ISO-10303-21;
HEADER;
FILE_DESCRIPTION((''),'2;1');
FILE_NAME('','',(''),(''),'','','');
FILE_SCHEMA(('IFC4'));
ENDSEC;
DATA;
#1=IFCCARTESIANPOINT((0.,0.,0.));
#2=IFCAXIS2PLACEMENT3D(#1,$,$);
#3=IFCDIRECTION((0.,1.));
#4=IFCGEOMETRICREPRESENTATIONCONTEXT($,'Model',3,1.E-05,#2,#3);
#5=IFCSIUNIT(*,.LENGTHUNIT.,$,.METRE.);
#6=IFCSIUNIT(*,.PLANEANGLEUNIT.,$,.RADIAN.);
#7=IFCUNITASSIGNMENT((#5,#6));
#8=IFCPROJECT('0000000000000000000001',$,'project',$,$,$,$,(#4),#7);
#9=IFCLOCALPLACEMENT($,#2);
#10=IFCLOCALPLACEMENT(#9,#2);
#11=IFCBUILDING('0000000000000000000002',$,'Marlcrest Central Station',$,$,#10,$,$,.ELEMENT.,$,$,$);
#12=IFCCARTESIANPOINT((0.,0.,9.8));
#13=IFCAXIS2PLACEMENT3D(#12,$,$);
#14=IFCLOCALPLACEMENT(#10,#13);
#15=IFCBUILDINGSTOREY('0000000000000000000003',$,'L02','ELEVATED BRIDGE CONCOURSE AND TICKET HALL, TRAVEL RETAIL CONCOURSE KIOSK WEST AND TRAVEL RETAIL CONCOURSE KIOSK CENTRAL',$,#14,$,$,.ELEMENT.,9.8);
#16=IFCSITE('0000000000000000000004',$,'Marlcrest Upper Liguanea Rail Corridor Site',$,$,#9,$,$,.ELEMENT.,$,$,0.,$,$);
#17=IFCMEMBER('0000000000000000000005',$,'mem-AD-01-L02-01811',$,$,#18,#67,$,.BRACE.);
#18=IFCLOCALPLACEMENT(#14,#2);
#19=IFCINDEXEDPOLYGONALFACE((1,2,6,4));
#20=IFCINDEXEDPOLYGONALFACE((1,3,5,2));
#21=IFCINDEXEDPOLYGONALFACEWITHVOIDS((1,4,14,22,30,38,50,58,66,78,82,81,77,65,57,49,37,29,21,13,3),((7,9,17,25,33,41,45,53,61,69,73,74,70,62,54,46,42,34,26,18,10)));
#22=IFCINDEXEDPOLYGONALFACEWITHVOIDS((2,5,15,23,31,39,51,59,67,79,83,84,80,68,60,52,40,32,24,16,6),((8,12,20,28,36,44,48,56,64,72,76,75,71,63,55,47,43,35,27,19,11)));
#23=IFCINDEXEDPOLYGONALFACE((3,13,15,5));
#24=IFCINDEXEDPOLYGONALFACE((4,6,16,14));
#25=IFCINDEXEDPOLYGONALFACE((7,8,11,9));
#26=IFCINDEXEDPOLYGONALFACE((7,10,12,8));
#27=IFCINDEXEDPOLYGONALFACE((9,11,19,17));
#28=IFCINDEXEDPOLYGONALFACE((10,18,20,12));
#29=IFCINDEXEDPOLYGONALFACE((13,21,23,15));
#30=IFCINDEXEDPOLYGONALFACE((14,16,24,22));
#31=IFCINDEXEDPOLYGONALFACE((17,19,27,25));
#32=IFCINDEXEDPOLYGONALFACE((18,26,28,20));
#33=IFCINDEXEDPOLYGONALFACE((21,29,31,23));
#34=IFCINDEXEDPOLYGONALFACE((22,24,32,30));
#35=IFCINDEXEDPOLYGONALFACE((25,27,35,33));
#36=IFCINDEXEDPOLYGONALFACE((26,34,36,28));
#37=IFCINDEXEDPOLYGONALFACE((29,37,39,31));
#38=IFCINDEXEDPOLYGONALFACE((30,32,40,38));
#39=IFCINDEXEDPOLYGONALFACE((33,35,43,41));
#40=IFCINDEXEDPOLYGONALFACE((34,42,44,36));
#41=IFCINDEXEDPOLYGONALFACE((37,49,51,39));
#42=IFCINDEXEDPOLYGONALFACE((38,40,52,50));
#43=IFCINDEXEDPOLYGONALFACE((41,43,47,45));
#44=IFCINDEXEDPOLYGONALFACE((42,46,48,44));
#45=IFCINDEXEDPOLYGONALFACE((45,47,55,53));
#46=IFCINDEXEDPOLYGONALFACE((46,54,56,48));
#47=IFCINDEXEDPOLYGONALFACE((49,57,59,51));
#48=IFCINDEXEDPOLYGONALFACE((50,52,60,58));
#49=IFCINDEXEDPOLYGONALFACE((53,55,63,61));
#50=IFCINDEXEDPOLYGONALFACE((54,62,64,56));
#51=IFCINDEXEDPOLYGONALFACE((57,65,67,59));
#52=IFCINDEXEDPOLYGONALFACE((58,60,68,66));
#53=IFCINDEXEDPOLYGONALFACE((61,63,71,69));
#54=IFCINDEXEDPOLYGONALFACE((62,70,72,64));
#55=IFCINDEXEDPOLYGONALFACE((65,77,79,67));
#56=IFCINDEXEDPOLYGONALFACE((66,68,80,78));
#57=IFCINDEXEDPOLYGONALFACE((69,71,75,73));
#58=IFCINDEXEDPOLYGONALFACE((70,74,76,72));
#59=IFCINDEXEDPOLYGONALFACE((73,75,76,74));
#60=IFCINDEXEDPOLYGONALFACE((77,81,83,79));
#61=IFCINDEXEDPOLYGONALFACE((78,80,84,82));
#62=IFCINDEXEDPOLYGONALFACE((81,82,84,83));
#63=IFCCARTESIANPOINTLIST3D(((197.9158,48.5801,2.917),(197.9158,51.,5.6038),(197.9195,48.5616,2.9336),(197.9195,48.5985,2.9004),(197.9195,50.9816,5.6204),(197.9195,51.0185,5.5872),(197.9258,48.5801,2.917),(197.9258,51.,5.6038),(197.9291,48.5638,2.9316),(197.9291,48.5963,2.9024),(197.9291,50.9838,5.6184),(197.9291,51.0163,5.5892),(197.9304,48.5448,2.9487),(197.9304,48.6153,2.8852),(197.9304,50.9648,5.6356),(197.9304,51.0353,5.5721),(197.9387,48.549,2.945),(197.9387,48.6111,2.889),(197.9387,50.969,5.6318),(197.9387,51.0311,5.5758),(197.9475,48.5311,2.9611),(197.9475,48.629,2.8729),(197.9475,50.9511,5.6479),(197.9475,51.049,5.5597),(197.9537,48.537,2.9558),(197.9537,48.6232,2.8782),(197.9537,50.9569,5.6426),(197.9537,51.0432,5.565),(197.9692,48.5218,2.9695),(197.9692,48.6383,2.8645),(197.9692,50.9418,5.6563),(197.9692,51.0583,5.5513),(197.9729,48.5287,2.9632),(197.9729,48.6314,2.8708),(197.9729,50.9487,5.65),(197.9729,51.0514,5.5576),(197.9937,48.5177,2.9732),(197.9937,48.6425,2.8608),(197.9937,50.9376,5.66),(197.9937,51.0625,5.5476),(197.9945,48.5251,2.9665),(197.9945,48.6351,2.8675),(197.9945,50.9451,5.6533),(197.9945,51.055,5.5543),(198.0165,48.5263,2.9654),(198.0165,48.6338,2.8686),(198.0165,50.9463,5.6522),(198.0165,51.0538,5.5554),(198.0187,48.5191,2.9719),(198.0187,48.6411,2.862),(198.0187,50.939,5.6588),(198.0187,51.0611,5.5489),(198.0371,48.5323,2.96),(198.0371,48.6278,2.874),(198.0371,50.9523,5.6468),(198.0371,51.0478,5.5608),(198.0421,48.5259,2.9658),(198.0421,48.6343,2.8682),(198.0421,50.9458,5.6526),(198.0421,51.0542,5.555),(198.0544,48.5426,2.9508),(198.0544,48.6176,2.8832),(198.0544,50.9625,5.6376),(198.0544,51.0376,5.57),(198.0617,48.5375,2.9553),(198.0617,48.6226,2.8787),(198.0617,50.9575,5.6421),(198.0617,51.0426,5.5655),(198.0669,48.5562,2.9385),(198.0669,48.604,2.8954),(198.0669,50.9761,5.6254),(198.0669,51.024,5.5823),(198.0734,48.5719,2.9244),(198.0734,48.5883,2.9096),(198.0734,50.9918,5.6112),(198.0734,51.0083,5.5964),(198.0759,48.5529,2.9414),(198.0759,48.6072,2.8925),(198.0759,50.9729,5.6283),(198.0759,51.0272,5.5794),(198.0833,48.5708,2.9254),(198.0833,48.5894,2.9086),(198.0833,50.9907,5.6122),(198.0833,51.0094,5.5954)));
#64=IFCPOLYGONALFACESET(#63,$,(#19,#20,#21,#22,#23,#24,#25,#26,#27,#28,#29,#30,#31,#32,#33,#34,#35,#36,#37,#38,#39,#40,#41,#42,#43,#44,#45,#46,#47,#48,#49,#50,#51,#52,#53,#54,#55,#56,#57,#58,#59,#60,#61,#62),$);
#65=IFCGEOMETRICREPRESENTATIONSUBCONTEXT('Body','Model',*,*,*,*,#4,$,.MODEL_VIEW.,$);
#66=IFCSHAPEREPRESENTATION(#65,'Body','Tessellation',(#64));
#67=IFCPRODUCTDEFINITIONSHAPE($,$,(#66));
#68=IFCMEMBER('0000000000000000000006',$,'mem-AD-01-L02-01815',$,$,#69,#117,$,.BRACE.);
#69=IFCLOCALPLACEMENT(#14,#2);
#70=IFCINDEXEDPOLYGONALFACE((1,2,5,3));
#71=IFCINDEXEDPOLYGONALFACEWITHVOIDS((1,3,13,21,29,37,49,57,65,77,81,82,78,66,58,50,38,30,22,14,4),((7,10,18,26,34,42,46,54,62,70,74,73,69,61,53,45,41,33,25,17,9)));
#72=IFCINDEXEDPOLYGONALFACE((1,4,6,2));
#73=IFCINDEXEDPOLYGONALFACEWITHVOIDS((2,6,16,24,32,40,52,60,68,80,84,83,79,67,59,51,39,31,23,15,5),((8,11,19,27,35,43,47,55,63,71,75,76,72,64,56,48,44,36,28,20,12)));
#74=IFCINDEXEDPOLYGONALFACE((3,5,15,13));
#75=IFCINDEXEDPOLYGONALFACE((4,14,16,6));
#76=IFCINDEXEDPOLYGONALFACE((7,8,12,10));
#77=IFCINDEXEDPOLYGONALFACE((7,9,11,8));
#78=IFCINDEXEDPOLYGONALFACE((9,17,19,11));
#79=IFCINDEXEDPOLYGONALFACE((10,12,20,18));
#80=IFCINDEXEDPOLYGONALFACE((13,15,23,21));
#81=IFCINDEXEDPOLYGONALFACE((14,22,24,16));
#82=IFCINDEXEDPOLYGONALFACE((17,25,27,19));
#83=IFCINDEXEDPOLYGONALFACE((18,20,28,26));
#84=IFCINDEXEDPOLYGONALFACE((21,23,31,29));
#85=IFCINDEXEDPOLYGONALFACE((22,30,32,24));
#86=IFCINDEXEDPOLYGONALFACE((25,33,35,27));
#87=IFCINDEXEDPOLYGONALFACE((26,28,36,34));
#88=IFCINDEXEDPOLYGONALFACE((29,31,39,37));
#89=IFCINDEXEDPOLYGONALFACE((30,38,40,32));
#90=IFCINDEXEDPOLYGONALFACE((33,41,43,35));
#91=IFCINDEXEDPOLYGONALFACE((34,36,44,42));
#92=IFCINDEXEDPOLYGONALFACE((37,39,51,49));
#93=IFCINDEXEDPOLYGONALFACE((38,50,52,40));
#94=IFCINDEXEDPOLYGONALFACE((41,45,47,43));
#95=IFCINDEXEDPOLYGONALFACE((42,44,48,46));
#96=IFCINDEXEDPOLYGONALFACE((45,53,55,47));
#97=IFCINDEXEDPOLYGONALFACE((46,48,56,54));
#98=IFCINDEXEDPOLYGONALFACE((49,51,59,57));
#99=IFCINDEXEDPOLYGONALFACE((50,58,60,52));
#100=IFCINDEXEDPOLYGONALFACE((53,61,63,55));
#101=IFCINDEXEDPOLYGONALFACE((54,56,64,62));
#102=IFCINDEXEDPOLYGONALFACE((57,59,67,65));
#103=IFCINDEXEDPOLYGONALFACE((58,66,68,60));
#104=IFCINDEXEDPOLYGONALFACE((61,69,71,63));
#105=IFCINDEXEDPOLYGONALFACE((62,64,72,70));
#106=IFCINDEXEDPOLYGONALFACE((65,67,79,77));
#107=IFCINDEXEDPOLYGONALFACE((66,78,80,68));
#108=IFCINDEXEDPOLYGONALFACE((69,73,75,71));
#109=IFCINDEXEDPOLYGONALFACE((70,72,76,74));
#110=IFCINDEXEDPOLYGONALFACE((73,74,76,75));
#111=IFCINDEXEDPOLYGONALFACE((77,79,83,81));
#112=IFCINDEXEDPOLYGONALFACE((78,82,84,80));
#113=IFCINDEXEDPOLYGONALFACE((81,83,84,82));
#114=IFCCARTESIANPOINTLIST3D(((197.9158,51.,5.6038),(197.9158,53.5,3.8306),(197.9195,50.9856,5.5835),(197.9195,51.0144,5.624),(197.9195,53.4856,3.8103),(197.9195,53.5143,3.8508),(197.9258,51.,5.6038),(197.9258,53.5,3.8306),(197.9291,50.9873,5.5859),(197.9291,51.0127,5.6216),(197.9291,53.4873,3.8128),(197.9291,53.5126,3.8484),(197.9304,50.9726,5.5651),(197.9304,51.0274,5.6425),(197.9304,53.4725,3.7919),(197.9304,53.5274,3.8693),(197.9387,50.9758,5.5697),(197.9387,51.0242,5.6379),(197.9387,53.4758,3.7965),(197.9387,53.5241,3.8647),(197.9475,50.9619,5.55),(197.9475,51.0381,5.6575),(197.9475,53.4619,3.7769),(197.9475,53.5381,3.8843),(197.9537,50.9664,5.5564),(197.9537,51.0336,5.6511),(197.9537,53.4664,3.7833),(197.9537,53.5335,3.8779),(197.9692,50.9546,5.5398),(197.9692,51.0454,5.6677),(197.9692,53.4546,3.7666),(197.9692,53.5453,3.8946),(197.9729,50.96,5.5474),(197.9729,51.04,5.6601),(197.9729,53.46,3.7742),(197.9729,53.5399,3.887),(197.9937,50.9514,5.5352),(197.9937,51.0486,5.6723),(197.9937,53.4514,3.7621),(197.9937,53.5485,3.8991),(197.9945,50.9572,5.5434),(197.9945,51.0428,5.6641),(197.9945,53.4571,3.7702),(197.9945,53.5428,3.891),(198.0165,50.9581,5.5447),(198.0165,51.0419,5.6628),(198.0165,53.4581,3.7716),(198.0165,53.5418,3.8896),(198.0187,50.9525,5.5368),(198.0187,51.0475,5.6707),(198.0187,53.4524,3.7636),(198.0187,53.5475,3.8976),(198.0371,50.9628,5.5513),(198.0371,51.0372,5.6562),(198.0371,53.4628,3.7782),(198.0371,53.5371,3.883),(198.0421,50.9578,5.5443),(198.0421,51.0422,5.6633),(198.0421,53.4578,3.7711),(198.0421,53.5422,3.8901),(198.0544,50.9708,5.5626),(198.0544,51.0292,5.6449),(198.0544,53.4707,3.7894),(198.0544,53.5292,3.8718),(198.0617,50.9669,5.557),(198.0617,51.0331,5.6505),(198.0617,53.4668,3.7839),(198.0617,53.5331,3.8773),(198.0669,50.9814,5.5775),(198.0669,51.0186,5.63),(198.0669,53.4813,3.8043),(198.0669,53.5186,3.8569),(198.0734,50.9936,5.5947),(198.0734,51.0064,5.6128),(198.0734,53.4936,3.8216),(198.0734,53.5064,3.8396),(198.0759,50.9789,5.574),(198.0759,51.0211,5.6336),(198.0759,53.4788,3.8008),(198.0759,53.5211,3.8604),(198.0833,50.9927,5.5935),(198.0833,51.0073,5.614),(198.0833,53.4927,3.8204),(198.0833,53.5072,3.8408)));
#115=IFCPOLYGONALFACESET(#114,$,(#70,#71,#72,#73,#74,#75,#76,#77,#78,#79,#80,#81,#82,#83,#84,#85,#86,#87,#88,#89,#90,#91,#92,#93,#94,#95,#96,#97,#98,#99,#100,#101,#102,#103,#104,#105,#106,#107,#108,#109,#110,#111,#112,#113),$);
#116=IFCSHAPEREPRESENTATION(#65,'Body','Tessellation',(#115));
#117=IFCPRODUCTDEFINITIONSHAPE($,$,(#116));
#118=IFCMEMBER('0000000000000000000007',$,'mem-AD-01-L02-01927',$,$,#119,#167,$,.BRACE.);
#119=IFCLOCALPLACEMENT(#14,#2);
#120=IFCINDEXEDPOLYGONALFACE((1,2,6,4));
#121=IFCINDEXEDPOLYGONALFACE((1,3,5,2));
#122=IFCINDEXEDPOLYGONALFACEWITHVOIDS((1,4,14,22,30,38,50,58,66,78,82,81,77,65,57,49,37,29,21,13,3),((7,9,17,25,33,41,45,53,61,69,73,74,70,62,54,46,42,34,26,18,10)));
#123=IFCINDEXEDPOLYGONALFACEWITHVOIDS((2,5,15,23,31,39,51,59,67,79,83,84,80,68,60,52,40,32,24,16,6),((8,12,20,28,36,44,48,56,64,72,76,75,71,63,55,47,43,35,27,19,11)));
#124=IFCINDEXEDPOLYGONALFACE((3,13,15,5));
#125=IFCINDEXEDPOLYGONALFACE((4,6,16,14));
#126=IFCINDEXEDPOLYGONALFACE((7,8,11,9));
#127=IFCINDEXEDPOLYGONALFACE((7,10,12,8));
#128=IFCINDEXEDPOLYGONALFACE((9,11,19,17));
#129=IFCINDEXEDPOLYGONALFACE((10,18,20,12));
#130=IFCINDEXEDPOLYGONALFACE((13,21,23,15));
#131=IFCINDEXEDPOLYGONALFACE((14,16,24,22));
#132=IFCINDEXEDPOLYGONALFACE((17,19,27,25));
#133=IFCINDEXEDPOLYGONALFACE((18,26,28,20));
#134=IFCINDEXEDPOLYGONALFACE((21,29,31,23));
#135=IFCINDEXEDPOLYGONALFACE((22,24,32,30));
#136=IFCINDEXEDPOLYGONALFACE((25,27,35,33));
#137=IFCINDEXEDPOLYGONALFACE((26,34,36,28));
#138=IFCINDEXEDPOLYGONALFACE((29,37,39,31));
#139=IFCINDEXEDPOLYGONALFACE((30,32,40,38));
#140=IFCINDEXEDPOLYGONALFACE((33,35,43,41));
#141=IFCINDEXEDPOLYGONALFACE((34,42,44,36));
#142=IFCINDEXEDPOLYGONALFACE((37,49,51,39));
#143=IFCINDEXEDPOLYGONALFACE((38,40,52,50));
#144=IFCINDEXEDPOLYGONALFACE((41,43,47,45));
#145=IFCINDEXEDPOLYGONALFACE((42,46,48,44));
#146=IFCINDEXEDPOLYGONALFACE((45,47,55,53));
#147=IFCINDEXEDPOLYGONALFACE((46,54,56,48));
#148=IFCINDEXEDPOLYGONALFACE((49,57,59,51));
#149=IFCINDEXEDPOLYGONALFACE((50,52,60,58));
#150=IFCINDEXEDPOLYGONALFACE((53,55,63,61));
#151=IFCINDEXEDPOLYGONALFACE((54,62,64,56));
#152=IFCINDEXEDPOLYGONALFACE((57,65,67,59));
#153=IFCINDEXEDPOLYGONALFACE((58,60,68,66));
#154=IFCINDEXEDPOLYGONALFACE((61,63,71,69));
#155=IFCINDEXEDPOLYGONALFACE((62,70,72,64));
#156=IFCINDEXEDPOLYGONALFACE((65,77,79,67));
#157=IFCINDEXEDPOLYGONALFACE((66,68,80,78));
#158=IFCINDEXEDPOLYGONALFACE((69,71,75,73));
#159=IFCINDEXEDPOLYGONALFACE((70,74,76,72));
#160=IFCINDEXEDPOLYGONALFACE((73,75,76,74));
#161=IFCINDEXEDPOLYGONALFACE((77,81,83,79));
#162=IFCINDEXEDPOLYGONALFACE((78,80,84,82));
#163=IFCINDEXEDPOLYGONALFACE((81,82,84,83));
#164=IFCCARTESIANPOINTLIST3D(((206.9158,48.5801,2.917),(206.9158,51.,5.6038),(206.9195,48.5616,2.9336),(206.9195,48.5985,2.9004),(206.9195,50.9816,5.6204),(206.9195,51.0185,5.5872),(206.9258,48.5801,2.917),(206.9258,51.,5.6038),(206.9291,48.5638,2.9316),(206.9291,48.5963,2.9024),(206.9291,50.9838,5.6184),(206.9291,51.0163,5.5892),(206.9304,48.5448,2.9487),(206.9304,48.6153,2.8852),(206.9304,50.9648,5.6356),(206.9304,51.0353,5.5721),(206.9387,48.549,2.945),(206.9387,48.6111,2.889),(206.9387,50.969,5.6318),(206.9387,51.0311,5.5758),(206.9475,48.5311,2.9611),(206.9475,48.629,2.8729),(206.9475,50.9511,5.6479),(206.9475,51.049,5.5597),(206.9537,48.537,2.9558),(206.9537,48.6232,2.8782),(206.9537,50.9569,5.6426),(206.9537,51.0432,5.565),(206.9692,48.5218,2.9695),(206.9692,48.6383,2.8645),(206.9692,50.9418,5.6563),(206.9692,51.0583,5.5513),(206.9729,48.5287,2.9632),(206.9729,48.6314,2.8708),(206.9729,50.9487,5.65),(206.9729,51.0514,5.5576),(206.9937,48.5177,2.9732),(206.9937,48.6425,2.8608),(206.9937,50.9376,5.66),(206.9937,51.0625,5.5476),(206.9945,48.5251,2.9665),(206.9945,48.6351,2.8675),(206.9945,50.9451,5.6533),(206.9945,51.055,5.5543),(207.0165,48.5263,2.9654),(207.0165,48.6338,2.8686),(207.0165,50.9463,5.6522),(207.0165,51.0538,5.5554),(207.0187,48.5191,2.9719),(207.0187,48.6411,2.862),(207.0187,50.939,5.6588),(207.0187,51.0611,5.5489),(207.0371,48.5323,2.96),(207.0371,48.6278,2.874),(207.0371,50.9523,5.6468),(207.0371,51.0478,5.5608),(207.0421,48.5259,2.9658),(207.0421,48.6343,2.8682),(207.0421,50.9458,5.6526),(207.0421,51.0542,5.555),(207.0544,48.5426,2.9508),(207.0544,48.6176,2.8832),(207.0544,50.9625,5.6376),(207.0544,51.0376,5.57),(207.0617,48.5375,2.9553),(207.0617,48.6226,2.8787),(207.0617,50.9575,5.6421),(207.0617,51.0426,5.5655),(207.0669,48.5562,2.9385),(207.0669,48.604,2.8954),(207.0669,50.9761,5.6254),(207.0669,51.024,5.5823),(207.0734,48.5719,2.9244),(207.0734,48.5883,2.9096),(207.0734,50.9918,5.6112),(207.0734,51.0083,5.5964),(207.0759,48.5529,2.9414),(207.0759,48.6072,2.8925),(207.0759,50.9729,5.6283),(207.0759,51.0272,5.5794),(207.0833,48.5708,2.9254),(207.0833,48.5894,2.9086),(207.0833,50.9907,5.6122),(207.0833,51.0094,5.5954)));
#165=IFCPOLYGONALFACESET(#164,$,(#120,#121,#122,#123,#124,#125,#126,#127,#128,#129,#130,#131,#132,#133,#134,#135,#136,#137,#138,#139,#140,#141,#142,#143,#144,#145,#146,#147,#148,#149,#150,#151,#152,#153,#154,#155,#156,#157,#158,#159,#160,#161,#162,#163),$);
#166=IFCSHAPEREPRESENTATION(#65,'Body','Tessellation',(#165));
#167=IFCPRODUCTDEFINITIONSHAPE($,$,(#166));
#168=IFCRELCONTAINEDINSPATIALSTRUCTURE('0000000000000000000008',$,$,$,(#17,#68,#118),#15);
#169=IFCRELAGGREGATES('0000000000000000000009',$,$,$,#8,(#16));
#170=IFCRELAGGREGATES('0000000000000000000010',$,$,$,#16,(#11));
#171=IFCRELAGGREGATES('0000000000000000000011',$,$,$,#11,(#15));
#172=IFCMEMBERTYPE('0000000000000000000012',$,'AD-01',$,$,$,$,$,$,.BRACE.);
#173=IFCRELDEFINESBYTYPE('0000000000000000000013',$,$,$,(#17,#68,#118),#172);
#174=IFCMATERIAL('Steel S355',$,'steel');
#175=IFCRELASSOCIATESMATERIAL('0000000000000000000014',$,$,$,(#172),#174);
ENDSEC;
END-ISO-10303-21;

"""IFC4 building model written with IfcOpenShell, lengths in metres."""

from ifc_helpers import new_model, si_unit, direction, frame, origin, origin_2d, place, context, subcontext, project, spatial, hollow_circle, extrude, material, material_profile, profile_set, type_object, element, save


model = new_model("IFC4")

# Units and contexts
model_context = context("Model", 3, precision=1e-05, world=origin(), true_north=direction((0.0, 1.0)))
body_context = subcontext(model_context, "Body", "Model", "MODEL_VIEW")
ifc_project = project(units=[si_unit("LENGTHUNIT", "METRE"), si_unit("PLANEANGLEUNIT", "RADIAN")], contexts=[model_context])

# Site, building, storey
site_placement = place(None, origin())
site = spatial("IfcSite", under=ifc_project, at=site_placement, Name="Marlcrest Upper Liguanea Rail Corridor Site", CompositionType="ELEMENT", RefElevation=0.0)
building_placement = place(site_placement, origin())
building = spatial("IfcBuilding", under=site, at=building_placement, Name="Marlcrest Central Station", CompositionType="ELEMENT")
storey_placement = place(building_placement, frame((0.0, 0.0, 9.8)))
storey = spatial("IfcBuildingStorey", under=building, at=storey_placement, Name="L02", Description="ELEVATED BRIDGE CONCOURSE AND TICKET HALL, TRAVEL RETAIL CONCOURSE KIOSK WEST AND TRAVEL RETAIL CONCOURSE KIOSK CENTRAL", CompositionType="ELEMENT", Elevation=9.8)

# Members
ifc_material = material(Name="Steel S355", Category="steel")
ifc_material_profile_1 = material_profile(ifc_material, hollow_circle(Radius=0.0842, WallThickness=0.01, at=origin_2d()), Name="CHS 168.3x10")
ifc_profile_set_1 = profile_set([ifc_material_profile_1], Name="Steel S355")
member_type_1 = type_object("IfcMemberType", Name="AD-01", PredefinedType="BRACE", material=ifc_profile_set_1)
member_1_placement = place(storey_placement, frame((198.0, 48.5801, 2.917), z_axis=(0.0, 0.669244, 0.743042), x_axis=(-1.0, 0.0, 0.0)))
element("IfcMember", 1, at=member_1_placement, inside=storey, type_object=member_type_1, Name="mem-AD-01-L02-01811", PredefinedType="BRACE", context=body_context, shape_type="SweptSolid", body=[
    extrude(hollow_circle(Radius=0.0842, WallThickness=0.01, at=origin_2d()), origin(), (0.0, 0.0, 1.0), 3.616),
])
member_2_placement = place(storey_placement, frame((198.0, 51.0, 5.6038), z_axis=(0.0, 0.815661, -0.57853), x_axis=(-1.0, 0.0, 0.0)))
element("IfcMember", 2, at=member_2_placement, inside=storey, type_object=member_type_1, Name="mem-AD-01-L02-01815", PredefinedType="BRACE", context=body_context, shape_type="SweptSolid", body=[
    extrude(hollow_circle(Radius=0.0842, WallThickness=0.01, at=origin_2d()), origin(), (0.0, 0.0, 1.0), 3.0649),
])
member_3_placement = place(storey_placement, frame((207.0, 48.5801, 2.917), z_axis=(0.0, 0.669244, 0.743042), x_axis=(-1.0, 0.0, 0.0)))
element("IfcMember", 3, at=member_3_placement, inside=storey, type_object=member_type_1, Name="mem-AD-01-L02-01927", PredefinedType="BRACE", context=body_context, shape_type="SweptSolid", body=[
    extrude(hollow_circle(Radius=0.0842, WallThickness=0.01, at=origin_2d()), origin(), (0.0, 0.0, 1.0), 3.616),
])

save(model, "model.ifc")
